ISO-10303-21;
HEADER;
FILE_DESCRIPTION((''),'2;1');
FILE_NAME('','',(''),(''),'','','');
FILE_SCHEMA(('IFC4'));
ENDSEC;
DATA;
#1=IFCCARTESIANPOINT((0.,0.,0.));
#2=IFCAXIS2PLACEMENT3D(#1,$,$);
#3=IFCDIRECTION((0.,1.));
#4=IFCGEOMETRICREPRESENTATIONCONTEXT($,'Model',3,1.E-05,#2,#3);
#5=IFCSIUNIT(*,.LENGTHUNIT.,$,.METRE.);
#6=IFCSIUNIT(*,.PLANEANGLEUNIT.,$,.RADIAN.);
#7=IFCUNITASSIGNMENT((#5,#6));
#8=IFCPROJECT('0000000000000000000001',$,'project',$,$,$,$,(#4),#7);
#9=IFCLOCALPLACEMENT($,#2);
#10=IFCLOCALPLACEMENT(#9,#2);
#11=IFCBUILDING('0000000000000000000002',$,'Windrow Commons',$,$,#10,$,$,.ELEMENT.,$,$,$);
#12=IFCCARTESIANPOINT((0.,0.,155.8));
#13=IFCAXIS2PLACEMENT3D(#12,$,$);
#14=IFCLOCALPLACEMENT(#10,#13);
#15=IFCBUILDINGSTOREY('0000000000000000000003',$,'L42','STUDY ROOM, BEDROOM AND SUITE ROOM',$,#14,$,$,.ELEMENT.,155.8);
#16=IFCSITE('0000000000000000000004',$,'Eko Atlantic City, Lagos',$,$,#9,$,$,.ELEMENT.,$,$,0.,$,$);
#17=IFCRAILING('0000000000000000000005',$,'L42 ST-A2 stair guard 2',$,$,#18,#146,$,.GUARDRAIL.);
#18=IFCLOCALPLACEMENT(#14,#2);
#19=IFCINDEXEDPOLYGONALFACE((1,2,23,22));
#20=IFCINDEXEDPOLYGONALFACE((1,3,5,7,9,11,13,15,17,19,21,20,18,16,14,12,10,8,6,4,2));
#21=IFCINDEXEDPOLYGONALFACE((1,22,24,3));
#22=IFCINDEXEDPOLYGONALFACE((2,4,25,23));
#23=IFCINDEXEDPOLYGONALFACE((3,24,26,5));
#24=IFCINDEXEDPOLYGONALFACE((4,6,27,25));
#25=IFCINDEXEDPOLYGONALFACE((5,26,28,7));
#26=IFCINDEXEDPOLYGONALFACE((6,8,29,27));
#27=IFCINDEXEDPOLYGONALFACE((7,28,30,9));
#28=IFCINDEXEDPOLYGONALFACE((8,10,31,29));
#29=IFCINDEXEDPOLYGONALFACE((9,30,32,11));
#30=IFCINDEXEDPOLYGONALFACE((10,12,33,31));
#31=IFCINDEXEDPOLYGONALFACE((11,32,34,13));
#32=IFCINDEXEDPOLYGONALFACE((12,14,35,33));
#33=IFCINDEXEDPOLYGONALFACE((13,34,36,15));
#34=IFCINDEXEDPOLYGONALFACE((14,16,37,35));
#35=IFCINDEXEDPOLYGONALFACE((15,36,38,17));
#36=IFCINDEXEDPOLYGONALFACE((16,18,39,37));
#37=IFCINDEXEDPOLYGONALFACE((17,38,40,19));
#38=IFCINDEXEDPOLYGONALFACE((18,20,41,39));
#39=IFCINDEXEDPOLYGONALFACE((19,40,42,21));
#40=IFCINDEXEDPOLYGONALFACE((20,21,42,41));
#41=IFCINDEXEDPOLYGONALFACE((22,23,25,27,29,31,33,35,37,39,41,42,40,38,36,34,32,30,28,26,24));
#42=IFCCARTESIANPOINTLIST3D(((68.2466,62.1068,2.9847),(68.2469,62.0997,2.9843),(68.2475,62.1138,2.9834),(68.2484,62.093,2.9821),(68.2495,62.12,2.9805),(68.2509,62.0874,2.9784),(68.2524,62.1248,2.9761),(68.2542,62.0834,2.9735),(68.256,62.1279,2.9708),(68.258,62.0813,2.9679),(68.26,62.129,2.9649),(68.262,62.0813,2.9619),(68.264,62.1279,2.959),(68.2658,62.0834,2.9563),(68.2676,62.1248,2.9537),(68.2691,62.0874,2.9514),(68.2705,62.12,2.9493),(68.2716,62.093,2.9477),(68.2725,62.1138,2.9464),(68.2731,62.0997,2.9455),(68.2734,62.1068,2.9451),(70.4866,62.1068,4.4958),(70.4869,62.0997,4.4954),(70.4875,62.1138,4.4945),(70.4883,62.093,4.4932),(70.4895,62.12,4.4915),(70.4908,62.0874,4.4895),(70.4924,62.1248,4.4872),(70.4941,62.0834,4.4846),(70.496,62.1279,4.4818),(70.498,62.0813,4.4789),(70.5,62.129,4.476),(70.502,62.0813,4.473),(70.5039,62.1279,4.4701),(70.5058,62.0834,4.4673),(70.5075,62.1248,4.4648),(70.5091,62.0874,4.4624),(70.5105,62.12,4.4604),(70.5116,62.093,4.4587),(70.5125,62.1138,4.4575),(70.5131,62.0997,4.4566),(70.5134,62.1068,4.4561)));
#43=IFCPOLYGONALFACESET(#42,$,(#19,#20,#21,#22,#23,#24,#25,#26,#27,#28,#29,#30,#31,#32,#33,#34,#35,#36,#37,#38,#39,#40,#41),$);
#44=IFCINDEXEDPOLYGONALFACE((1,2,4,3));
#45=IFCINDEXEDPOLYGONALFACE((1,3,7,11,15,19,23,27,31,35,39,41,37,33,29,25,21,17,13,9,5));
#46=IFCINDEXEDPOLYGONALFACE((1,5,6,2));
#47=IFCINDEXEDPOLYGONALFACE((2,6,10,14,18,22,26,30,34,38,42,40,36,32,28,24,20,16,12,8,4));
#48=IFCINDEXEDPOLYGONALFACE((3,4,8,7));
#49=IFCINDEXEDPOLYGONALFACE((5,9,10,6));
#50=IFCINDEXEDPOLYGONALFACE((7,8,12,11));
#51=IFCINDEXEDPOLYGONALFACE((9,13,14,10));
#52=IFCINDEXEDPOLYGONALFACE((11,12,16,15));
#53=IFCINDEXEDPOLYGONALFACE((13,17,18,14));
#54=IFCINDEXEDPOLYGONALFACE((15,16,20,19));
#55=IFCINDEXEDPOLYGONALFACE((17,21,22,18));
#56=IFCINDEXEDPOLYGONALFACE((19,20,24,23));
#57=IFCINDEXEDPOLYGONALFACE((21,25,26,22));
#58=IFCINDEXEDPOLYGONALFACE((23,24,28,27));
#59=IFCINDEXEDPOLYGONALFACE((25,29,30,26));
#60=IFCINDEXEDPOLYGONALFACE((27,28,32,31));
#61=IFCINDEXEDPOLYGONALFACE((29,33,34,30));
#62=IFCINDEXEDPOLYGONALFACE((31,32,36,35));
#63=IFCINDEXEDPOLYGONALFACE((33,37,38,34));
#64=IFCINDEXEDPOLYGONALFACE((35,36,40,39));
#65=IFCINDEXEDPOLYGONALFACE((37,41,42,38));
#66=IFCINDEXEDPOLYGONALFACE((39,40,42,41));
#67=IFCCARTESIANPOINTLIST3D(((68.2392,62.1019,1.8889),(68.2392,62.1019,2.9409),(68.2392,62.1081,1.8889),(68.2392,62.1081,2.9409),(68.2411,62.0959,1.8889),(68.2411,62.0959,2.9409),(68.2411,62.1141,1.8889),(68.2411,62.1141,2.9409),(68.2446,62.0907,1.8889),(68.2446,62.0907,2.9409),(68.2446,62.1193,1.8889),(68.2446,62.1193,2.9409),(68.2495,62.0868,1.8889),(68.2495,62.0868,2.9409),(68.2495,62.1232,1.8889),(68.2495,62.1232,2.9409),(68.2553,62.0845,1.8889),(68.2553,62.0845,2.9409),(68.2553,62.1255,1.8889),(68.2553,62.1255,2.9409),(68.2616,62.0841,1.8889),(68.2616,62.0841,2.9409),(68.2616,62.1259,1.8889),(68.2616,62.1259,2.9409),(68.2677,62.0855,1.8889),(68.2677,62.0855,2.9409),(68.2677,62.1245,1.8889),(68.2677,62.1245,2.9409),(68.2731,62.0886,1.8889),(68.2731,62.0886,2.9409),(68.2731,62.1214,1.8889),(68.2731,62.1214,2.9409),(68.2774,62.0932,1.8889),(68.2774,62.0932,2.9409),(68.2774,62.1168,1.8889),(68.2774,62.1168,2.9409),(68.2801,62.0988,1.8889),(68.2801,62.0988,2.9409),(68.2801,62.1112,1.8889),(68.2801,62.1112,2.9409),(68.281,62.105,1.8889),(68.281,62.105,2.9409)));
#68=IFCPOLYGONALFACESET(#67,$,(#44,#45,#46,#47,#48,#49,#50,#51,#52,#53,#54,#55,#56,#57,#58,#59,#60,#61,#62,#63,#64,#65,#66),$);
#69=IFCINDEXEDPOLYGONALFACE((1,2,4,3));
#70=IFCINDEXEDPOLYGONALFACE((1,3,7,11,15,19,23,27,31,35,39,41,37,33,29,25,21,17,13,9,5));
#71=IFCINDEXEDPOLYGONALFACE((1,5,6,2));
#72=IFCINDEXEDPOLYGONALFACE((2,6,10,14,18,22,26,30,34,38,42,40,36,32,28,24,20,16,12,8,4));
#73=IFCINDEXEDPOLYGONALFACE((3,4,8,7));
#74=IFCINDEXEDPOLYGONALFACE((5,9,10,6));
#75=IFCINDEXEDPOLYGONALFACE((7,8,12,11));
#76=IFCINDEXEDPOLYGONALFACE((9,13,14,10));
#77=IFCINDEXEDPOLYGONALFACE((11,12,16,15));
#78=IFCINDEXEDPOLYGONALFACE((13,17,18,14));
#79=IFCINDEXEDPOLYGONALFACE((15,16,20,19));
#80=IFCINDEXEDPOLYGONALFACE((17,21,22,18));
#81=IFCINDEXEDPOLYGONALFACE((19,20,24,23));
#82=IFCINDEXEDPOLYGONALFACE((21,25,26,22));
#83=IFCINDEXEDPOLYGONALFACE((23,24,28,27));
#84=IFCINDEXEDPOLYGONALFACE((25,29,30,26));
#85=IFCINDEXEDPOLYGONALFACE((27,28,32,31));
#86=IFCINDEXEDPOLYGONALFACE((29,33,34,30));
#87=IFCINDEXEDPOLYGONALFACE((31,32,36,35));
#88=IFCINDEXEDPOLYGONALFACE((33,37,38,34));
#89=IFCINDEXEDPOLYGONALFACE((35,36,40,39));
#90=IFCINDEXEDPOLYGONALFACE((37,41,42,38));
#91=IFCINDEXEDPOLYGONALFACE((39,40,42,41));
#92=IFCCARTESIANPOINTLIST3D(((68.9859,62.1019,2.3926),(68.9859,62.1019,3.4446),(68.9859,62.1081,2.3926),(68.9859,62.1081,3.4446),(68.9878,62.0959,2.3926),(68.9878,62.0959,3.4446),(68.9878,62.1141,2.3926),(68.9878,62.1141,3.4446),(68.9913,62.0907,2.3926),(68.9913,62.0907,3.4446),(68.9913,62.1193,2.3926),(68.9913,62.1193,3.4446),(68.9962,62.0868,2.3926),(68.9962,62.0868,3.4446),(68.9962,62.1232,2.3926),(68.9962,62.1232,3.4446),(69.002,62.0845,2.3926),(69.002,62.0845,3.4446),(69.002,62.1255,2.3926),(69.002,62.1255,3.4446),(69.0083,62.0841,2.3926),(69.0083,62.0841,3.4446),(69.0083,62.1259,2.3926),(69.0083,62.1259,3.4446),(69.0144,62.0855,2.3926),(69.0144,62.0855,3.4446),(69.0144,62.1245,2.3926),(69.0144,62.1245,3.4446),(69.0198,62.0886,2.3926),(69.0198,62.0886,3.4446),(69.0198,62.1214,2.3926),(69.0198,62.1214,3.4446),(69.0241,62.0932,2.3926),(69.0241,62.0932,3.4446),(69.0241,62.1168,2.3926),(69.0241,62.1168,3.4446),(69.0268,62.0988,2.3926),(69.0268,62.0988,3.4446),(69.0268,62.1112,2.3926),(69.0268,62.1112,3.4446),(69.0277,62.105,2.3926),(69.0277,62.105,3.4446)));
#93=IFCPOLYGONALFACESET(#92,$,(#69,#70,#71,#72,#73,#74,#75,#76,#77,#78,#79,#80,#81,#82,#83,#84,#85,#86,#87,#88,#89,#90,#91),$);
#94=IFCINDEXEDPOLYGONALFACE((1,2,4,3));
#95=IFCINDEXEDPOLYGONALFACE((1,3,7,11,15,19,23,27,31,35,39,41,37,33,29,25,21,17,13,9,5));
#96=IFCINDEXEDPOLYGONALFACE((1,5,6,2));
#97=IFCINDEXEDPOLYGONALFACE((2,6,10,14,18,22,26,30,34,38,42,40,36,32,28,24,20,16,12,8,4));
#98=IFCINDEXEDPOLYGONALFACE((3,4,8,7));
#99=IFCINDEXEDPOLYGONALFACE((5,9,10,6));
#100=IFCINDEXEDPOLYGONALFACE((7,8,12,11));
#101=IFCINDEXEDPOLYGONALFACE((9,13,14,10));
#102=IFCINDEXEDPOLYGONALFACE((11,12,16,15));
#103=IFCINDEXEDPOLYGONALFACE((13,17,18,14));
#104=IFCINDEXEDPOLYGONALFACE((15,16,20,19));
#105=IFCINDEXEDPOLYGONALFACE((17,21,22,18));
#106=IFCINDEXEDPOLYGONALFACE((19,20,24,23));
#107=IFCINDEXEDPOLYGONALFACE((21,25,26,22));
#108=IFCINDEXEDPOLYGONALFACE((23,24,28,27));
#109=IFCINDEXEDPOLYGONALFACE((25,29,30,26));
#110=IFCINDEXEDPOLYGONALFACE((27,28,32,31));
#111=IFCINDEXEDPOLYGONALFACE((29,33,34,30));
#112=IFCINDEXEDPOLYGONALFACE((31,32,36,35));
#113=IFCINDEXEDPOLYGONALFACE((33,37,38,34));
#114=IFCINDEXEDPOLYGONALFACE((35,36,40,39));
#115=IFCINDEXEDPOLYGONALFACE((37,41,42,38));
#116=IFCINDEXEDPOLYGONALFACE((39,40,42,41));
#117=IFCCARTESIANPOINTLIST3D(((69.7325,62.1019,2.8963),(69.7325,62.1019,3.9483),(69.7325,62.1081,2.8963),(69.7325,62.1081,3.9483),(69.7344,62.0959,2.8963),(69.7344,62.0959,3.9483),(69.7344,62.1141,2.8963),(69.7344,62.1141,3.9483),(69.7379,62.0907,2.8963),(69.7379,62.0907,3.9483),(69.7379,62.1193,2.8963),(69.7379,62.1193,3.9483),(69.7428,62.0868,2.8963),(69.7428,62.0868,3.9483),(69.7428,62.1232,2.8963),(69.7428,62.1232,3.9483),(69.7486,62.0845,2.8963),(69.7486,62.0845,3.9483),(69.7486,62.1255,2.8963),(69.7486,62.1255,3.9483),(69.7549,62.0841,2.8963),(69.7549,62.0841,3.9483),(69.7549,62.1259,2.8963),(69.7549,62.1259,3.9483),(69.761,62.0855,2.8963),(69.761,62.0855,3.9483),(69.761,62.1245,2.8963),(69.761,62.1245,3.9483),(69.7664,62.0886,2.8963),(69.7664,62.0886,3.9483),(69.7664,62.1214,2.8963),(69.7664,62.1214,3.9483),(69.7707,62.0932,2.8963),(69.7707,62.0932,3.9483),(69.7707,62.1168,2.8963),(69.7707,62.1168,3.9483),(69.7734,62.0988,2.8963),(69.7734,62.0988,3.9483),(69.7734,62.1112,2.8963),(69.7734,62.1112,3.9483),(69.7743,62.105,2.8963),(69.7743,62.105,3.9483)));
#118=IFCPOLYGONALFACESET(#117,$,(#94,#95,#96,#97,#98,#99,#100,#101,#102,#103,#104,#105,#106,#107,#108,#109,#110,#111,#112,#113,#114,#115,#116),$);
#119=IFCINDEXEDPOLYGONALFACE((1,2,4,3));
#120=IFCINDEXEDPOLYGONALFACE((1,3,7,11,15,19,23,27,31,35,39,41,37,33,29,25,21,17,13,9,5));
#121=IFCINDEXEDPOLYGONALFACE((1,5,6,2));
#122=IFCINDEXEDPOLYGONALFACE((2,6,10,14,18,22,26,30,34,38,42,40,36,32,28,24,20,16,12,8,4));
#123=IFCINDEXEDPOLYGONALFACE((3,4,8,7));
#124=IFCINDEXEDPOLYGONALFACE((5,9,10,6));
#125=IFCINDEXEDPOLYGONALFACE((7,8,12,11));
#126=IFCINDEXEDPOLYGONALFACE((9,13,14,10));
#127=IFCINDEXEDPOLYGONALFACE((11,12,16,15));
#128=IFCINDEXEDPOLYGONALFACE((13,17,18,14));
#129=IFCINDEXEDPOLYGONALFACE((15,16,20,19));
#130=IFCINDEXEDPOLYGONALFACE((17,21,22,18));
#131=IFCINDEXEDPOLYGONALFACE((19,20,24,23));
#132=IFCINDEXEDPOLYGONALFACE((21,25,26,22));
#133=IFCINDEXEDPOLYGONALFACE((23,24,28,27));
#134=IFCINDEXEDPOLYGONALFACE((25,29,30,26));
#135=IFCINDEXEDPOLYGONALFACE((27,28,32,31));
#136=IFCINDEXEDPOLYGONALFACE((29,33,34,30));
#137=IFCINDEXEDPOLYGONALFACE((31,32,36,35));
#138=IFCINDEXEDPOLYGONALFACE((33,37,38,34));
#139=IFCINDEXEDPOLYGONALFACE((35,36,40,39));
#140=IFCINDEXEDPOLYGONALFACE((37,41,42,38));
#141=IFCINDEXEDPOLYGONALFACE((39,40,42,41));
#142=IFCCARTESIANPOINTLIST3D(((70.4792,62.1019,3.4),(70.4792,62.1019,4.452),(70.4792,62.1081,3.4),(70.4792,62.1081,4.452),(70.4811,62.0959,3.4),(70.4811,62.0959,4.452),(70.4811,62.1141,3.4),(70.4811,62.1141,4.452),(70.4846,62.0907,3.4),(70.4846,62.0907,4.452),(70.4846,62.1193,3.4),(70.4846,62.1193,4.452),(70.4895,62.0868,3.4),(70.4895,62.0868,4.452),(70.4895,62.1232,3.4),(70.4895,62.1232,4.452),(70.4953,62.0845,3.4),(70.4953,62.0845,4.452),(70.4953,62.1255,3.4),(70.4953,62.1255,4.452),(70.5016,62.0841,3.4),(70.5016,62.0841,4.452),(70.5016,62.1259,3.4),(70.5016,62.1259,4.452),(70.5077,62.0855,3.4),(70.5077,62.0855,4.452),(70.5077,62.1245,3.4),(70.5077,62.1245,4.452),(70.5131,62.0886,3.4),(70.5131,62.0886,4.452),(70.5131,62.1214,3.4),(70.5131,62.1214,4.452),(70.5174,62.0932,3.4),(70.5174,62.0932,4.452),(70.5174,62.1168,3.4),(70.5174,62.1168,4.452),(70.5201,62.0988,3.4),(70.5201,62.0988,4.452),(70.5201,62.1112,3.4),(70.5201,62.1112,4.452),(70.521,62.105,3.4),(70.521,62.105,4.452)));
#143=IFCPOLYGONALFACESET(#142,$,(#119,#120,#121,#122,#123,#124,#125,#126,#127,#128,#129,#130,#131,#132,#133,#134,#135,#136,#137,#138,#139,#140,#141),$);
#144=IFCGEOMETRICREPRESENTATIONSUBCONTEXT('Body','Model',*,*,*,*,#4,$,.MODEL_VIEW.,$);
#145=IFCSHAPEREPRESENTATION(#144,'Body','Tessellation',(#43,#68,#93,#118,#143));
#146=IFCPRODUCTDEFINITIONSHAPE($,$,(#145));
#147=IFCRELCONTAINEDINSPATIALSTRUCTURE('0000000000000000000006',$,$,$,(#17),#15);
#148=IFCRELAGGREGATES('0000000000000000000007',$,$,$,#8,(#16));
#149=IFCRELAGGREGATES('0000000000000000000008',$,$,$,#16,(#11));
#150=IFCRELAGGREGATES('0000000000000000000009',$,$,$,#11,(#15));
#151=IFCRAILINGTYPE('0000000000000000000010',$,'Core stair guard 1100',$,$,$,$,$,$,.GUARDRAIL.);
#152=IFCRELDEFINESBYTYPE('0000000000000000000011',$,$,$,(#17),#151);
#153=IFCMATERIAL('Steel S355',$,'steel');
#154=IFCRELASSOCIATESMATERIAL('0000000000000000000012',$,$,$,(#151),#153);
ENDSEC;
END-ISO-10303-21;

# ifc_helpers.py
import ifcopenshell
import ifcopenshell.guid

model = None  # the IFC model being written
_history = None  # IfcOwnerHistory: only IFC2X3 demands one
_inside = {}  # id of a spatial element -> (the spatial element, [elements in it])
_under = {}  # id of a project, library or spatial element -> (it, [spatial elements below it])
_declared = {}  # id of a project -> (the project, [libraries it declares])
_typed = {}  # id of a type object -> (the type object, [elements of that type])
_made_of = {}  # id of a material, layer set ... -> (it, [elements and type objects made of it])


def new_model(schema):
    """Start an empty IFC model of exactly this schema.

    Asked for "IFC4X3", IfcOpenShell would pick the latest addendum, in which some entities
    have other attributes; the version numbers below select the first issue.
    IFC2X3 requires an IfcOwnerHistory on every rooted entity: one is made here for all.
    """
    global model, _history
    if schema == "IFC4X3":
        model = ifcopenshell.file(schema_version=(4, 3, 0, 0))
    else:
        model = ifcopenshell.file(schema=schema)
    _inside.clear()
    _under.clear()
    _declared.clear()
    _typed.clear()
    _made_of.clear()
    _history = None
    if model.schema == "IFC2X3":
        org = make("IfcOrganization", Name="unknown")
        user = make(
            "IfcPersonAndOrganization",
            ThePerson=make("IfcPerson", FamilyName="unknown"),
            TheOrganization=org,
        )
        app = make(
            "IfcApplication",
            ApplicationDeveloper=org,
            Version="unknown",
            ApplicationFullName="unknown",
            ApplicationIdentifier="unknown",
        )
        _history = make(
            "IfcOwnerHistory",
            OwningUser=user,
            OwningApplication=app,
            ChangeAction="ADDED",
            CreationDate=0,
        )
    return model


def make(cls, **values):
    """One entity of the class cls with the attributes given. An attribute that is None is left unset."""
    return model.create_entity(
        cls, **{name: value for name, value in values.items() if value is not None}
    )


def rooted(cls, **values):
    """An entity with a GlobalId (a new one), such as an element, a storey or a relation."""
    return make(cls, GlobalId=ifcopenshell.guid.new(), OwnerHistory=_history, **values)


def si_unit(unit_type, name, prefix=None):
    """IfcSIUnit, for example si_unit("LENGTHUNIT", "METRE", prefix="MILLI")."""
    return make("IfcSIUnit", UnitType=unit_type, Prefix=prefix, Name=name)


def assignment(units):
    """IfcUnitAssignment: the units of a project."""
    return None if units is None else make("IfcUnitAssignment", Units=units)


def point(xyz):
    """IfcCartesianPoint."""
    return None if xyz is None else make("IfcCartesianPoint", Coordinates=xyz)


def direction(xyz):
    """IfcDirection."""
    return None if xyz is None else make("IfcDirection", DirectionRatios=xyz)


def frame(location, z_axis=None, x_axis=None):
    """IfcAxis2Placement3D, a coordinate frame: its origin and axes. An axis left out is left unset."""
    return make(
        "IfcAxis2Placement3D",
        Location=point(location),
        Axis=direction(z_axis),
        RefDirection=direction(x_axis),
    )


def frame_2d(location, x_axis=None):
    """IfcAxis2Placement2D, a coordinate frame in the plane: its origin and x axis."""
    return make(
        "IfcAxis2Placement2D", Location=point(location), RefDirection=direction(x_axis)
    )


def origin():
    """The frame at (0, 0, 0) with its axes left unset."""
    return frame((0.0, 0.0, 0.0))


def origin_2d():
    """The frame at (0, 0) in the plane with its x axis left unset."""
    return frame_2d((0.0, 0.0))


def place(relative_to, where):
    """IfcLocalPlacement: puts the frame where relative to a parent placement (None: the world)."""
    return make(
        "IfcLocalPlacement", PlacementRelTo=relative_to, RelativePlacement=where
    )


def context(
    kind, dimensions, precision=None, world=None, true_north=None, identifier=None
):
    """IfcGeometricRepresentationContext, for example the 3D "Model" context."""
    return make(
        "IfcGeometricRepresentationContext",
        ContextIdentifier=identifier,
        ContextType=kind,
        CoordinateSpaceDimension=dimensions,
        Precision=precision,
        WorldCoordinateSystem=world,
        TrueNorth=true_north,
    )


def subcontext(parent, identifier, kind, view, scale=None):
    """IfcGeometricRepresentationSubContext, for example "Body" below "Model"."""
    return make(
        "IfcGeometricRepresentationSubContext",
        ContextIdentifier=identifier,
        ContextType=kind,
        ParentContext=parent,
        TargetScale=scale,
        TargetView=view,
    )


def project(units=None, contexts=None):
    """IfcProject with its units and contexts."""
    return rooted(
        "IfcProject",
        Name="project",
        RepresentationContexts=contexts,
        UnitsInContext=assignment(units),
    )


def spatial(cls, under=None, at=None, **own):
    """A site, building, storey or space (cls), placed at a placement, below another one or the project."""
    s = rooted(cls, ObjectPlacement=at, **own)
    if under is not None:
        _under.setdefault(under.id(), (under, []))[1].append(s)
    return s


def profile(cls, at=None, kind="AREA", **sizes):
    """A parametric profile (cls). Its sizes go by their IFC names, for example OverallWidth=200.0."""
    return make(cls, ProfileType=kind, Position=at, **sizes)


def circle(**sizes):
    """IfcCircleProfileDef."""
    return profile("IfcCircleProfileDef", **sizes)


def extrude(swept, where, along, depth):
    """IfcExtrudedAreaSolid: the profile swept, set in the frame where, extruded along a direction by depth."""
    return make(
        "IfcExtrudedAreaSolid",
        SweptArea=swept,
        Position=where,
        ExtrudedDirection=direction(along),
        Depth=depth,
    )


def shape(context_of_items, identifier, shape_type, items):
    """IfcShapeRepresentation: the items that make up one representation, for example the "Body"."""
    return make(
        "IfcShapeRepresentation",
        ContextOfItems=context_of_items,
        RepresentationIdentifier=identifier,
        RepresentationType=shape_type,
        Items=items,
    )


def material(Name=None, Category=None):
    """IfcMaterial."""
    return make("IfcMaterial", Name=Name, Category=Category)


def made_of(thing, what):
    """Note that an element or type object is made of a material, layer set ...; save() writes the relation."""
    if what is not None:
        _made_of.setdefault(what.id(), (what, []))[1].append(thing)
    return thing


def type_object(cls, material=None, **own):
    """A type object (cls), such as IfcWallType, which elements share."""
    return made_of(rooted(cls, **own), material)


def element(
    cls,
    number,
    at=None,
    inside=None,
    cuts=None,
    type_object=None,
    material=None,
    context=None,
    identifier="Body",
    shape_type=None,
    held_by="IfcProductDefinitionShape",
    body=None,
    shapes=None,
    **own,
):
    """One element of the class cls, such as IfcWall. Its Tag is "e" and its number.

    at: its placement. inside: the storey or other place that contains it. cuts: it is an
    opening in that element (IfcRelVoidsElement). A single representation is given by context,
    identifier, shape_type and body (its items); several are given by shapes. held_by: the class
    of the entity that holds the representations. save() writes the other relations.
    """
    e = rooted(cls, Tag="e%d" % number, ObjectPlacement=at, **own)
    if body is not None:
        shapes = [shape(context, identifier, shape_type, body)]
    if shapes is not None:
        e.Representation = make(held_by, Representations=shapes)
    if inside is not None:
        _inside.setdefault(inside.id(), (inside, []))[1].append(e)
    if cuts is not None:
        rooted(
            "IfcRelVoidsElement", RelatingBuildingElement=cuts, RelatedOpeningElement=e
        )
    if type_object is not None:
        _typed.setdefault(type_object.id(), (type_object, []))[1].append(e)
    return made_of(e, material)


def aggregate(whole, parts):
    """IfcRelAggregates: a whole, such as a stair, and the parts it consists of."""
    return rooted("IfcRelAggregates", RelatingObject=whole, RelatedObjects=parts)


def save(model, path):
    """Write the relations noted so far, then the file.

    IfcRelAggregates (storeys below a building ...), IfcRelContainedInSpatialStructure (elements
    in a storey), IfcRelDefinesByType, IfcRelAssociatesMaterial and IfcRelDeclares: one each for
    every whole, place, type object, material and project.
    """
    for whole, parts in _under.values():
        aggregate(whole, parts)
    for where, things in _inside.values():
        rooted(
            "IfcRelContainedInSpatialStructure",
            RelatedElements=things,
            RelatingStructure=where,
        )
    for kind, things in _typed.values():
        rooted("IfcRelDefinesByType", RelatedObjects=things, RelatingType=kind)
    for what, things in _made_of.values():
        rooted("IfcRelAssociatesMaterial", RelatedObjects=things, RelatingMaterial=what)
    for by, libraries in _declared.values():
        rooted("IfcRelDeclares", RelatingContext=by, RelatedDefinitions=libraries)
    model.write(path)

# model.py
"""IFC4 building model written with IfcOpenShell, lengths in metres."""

from ifc_helpers import new_model, si_unit, direction, frame, origin, origin_2d, place, context, subcontext, project, spatial, circle, extrude, material, type_object, element, save


model = new_model("IFC4")

# Units and contexts
model_context = context("Model", 3, precision=1e-05, world=origin(), true_north=direction((0.0, 1.0)))
body_context = subcontext(model_context, "Body", "Model", "MODEL_VIEW")
ifc_project = project(units=[si_unit("LENGTHUNIT", "METRE"), si_unit("PLANEANGLEUNIT", "RADIAN")], contexts=[model_context])

# Site, building, storey
site_placement = place(None, origin())
site = spatial("IfcSite", under=ifc_project, at=site_placement, Name="Eko Atlantic City, Lagos", CompositionType="ELEMENT", RefElevation=0.0)
building_placement = place(site_placement, origin())
building = spatial("IfcBuilding", under=site, at=building_placement, Name="Windrow Commons", CompositionType="ELEMENT")
storey_placement = place(building_placement, frame((0.0, 0.0, 155.8)))
storey = spatial("IfcBuildingStorey", under=building, at=storey_placement, Name="L42", Description="STUDY ROOM, BEDROOM AND SUITE ROOM", CompositionType="ELEMENT", Elevation=155.8)

# Railing
ifc_material_1 = material(Name="Steel S355", Category="steel")
railing_type_1 = type_object("IfcRailingType", Name="Core stair guard 1100", PredefinedType="GUARDRAIL", material=ifc_material_1)
railing_1_placement = place(storey_placement, frame((68.26, 62.105, 1.8889)))
element("IfcRailing", 1, at=railing_1_placement, inside=storey, type_object=railing_type_1, Name="L42 ST-A2 stair guard 2", PredefinedType="GUARDRAIL", context=body_context, shape_type="SweptSolid", body=[
    extrude(circle(Radius=0.024, at=origin_2d()), frame((0.0, 0.0, 1.076), z_axis=(0.829003, 0.0, 0.559244), x_axis=(0.0, 1.0, 0.0)), (0.0, 0.0, 1.0), 2.702),
    extrude(circle(Radius=0.021, at=origin_2d()), origin(), (0.0, 0.0, 1.0), 1.052),
    extrude(circle(Radius=0.021, at=origin_2d()), frame((0.7467, 0.0, 0.5037)), (0.0, 0.0, 1.0), 1.052),
    extrude(circle(Radius=0.021, at=origin_2d()), frame((1.4933, 0.0, 1.0074)), (0.0, 0.0, 1.0), 1.052),
    extrude(circle(Radius=0.021, at=origin_2d()), frame((2.24, 0.0, 1.5111)), (0.0, 0.0, 1.0), 1.052),
])

save(model, "model.ifc")
